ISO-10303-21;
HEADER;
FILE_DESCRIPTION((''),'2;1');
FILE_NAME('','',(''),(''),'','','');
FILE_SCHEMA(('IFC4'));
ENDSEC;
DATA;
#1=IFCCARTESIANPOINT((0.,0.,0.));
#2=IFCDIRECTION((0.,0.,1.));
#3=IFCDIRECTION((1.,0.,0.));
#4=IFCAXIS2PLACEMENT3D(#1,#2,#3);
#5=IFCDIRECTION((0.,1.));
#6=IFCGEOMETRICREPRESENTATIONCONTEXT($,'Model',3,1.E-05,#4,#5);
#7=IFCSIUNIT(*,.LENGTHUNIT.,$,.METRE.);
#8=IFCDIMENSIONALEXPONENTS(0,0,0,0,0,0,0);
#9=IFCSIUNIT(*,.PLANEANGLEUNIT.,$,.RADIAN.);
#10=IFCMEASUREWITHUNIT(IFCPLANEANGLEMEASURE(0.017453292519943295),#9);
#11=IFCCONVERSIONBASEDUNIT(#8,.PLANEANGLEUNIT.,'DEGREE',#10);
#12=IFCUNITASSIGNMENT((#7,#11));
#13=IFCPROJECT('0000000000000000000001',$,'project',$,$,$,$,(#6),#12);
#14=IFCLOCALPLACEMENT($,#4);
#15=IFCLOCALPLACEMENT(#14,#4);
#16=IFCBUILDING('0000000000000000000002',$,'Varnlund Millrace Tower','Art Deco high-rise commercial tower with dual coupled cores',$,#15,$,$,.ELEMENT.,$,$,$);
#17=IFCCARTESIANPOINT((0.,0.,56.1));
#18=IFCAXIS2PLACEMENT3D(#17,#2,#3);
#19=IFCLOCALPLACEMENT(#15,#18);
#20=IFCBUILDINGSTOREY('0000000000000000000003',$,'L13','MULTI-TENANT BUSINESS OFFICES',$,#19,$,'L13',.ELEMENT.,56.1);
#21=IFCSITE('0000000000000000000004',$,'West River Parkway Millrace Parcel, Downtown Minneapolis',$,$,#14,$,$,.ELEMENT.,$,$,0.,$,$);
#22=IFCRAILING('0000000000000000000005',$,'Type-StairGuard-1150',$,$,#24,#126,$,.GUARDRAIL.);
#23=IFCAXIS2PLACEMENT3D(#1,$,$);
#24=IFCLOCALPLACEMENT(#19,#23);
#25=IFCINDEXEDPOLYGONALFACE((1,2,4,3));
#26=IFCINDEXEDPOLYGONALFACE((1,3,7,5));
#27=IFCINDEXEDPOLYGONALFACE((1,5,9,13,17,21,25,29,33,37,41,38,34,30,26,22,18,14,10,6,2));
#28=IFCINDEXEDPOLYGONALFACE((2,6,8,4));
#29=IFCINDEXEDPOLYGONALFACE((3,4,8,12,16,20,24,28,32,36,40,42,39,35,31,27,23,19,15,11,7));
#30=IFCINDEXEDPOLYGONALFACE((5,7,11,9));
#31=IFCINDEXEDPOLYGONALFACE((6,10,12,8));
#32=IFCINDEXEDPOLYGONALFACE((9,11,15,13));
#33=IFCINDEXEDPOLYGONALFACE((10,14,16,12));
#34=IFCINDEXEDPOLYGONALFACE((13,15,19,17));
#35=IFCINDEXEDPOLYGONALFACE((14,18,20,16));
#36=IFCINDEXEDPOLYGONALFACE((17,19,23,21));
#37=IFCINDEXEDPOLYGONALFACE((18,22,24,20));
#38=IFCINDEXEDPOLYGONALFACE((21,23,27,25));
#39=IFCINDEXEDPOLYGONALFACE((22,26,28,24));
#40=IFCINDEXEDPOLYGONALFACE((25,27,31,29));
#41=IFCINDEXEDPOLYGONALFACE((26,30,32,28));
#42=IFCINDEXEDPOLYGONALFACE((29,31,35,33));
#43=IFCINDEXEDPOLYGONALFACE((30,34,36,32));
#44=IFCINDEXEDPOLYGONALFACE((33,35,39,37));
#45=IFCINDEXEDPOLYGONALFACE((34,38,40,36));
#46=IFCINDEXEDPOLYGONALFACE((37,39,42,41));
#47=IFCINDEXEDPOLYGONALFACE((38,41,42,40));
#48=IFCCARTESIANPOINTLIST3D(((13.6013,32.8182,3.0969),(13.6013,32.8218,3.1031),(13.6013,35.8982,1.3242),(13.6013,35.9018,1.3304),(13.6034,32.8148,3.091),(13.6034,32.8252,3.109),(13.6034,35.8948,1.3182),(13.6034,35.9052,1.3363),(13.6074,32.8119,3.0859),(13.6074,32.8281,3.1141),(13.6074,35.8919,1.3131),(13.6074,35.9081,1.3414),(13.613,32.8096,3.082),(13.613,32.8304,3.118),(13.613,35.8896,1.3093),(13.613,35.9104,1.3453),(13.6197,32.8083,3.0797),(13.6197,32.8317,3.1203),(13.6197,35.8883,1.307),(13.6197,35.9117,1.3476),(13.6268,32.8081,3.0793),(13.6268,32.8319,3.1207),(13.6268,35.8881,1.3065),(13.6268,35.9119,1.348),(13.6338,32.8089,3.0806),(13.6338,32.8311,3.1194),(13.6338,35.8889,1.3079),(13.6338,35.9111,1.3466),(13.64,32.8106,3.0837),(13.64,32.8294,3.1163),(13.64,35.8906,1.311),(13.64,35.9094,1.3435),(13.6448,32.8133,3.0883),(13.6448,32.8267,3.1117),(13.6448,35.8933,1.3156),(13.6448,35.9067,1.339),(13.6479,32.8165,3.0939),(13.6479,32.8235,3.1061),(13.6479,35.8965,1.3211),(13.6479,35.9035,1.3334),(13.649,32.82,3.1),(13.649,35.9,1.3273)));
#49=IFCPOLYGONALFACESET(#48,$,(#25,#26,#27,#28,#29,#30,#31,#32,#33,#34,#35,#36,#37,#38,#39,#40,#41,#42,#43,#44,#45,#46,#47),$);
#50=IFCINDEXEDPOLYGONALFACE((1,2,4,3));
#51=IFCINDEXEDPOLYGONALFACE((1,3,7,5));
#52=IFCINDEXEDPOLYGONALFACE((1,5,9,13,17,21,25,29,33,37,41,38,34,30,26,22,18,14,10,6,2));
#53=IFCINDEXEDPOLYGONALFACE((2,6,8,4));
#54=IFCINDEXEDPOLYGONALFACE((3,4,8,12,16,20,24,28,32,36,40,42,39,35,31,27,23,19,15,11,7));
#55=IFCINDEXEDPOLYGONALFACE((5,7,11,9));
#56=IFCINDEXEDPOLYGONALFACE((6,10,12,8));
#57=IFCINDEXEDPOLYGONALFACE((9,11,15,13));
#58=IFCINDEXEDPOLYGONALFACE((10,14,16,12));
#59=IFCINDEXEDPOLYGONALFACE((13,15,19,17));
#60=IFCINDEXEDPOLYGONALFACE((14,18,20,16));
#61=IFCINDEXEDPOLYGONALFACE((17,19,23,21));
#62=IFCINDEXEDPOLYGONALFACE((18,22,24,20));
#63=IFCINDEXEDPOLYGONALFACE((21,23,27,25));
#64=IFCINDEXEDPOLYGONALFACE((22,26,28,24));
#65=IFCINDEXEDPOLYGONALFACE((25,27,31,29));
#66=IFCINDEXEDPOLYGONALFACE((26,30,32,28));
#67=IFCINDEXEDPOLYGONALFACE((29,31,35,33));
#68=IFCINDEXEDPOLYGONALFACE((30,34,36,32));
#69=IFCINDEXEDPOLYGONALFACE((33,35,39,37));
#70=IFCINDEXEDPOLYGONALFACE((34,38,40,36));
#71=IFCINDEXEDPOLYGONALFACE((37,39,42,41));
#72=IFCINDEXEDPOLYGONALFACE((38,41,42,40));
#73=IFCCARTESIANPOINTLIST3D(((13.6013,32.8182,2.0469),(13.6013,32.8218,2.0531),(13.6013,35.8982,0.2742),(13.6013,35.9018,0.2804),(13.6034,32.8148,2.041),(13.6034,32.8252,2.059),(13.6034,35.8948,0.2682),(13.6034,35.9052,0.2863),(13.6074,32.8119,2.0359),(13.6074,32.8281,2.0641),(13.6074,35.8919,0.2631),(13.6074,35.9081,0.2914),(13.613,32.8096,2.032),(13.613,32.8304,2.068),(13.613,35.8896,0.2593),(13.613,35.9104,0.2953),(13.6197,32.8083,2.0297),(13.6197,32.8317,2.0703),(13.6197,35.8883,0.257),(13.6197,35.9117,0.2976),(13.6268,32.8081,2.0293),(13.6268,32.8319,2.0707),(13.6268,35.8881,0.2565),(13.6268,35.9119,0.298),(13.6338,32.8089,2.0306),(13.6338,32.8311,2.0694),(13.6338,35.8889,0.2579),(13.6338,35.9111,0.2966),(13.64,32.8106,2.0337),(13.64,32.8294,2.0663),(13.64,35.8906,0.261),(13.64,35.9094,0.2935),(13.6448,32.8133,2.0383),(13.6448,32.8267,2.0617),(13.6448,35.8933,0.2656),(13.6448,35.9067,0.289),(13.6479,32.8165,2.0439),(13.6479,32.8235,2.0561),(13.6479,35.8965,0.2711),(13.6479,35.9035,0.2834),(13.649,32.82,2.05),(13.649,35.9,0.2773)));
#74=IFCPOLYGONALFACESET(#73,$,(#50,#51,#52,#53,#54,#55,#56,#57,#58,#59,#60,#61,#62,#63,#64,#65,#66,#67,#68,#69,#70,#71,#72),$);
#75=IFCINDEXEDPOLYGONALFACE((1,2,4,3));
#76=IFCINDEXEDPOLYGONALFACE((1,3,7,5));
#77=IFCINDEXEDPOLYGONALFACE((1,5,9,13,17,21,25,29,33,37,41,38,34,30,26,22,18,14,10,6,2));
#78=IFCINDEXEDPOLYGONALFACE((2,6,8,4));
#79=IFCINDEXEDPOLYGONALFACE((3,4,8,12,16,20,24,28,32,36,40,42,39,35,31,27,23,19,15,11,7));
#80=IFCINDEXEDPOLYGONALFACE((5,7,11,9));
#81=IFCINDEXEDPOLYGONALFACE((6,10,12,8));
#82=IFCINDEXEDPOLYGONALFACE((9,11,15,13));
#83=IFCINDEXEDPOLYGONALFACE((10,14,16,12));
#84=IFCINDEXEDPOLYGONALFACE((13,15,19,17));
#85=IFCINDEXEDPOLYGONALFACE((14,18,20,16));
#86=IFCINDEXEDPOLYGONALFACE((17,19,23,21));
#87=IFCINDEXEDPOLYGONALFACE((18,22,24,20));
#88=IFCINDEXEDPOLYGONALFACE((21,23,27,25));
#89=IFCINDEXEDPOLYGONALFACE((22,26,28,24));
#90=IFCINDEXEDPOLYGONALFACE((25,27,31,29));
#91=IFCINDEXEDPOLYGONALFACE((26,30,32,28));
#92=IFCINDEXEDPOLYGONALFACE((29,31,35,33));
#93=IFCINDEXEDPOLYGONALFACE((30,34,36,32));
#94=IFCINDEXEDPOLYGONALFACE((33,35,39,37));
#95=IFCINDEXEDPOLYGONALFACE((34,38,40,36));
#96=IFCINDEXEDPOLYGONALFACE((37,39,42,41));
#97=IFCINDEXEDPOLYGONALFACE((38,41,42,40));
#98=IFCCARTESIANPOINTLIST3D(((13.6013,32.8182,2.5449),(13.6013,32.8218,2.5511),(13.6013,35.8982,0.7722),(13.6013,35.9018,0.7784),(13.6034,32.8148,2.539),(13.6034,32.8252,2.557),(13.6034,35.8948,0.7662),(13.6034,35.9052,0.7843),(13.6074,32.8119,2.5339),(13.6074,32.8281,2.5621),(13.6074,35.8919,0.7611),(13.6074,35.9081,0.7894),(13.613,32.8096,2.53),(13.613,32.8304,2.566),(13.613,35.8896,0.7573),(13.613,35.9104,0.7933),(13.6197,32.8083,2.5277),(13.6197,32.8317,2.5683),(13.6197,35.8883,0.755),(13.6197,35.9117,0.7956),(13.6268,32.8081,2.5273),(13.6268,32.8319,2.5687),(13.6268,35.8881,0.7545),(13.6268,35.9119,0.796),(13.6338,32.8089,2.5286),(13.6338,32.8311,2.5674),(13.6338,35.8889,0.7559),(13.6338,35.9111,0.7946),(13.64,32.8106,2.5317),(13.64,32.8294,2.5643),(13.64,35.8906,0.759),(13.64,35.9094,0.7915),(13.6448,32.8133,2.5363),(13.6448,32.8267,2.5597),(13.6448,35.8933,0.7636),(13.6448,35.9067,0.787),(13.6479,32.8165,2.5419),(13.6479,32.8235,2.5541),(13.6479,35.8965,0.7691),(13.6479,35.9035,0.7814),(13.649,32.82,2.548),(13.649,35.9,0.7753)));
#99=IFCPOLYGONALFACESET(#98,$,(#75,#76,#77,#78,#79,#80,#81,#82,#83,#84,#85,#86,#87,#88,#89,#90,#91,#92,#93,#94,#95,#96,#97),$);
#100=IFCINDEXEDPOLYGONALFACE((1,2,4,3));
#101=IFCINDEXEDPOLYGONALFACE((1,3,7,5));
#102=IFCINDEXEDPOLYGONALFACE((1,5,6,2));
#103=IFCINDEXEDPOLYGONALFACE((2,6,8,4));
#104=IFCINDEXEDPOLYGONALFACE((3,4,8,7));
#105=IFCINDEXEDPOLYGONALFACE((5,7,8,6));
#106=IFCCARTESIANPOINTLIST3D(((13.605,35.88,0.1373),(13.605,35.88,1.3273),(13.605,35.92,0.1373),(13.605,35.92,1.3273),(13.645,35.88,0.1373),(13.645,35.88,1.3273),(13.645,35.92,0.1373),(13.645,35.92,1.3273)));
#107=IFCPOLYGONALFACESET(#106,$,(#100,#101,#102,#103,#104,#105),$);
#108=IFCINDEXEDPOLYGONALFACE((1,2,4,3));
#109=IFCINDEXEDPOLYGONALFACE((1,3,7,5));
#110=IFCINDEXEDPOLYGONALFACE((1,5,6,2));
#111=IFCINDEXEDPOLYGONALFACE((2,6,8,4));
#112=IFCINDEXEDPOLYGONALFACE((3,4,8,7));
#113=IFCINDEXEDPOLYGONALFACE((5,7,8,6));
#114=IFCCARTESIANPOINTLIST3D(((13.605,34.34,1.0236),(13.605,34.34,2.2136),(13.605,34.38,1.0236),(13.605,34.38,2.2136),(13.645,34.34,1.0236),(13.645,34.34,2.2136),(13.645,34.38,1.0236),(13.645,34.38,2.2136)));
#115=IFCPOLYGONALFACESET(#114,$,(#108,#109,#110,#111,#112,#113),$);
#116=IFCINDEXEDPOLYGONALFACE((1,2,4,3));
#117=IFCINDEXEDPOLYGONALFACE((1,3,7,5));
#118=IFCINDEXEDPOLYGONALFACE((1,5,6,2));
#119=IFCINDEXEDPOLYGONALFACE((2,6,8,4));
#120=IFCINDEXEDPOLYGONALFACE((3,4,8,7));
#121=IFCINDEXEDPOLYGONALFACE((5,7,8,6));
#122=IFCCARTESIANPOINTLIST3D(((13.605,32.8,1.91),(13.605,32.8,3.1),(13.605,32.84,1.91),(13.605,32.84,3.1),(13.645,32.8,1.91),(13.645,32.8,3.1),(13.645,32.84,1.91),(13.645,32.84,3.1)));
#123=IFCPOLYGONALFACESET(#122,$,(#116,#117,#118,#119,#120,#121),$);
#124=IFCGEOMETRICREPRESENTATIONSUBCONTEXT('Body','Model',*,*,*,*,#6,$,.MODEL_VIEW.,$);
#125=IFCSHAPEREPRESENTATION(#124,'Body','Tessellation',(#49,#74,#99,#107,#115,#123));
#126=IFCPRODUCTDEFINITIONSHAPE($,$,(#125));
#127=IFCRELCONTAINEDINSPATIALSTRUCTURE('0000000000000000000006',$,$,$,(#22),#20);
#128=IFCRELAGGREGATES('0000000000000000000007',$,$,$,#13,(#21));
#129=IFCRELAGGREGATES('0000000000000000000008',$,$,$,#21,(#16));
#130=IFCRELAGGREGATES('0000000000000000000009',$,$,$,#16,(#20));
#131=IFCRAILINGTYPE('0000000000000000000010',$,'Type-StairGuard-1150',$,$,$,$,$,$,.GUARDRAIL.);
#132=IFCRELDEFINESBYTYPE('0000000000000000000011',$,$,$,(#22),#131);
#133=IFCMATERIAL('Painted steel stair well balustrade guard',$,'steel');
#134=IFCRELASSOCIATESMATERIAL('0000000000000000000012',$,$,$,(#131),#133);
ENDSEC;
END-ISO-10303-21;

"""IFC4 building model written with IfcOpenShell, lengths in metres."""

from ifc_helpers import new_model, entity, si_unit, converted_unit, direction, frame, origin_with_axes, origin_2d_with_axis, place, context, subcontext, project, spatial, rectangle, circle, extrude, material, type_object, element, save


model = new_model("IFC4")

# Units and contexts
model_context = context("Model", 3, precision=1e-05, world=origin_with_axes(), true_north=direction((0.0, 1.0)))
body_context = subcontext(model_context, "Body", "Model", "MODEL_VIEW")
ifc_project = project(units=[si_unit("LENGTHUNIT", "METRE"), converted_unit("PLANEANGLEUNIT", "DEGREE", entity("IfcPlaneAngleMeasure", 0.017453292519943295), si_unit("PLANEANGLEUNIT", "RADIAN"), dimensions=[0, 0, 0, 0, 0, 0, 0])], contexts=[model_context])

# Site, building, storey
site_placement = place(None, origin_with_axes())
site = spatial("IfcSite", under=ifc_project, at=site_placement, Name="West River Parkway Millrace Parcel, Downtown Minneapolis", CompositionType="ELEMENT", RefElevation=0.0)
building_placement = place(site_placement, origin_with_axes())
building = spatial("IfcBuilding", under=site, at=building_placement, Name="Varnlund Millrace Tower", Description="Art Deco high-rise commercial tower with dual coupled cores", CompositionType="ELEMENT")
storey_placement = place(building_placement, frame((0.0, 0.0, 56.1), z_axis=(0.0, 0.0, 1.0), x_axis=(1.0, 0.0, 0.0)))
storey = spatial("IfcBuildingStorey", under=building, at=storey_placement, Name="L13", Description="MULTI-TENANT BUSINESS OFFICES", LongName="L13", CompositionType="ELEMENT", Elevation=56.1)

# Railing
ifc_material_1 = material(Name="Painted steel stair well balustrade guard", Category="steel")
railing_type_1 = type_object("IfcRailingType", Name="Type-StairGuard-1150", PredefinedType="GUARDRAIL", material=ifc_material_1)
railing_1_placement = place(storey_placement, frame((0.0, 0.0, -56.1), z_axis=(0.0, 0.0, 1.0), x_axis=(1.0, 0.0, 0.0)))
element("IfcRailing", 1, at=railing_1_placement, inside=storey, type_object=railing_type_1, Name="Type-StairGuard-1150", PredefinedType="GUARDRAIL", context=body_context, shape_type="SweptSolid", body=[
    extrude(circle(Radius=0.024, at=origin_2d_with_axis()), frame((13.625, 35.9, 57.4273), z_axis=(0.0, -0.866696, 0.498836), x_axis=(1.0, 0.0, 0.0)), (0.0, 0.0, 1.0), 3.5537),
    extrude(circle(Radius=0.024, at=origin_2d_with_axis()), frame((13.625, 35.9, 56.3773), z_axis=(0.0, -0.866696, 0.498836), x_axis=(1.0, 0.0, 0.0)), (0.0, 0.0, 1.0), 3.5537),
    extrude(circle(Radius=0.024, at=origin_2d_with_axis()), frame((13.625, 35.9, 56.8753), z_axis=(0.0, -0.866696, 0.498836), x_axis=(1.0, 0.0, 0.0)), (0.0, 0.0, 1.0), 3.5537),
    extrude(rectangle(XDim=0.04, YDim=0.04, at=origin_2d_with_axis()), frame((13.625, 35.9, 56.2373), z_axis=(0.0, 0.0, 1.0), x_axis=(1.0, 0.0, 0.0)), (0.0, 0.0, 1.0), 1.19),
    extrude(rectangle(XDim=0.04, YDim=0.04, at=origin_2d_with_axis()), frame((13.625, 34.36, 57.1236), z_axis=(0.0, 0.0, 1.0), x_axis=(1.0, 0.0, 0.0)), (0.0, 0.0, 1.0), 1.19),
    extrude(rectangle(XDim=0.04, YDim=0.04, at=origin_2d_with_axis()), frame((13.625, 32.82, 58.01), z_axis=(0.0, 0.0, 1.0), x_axis=(1.0, 0.0, 0.0)), (0.0, 0.0, 1.0), 1.19),
])

save(model, "model.ifc")
